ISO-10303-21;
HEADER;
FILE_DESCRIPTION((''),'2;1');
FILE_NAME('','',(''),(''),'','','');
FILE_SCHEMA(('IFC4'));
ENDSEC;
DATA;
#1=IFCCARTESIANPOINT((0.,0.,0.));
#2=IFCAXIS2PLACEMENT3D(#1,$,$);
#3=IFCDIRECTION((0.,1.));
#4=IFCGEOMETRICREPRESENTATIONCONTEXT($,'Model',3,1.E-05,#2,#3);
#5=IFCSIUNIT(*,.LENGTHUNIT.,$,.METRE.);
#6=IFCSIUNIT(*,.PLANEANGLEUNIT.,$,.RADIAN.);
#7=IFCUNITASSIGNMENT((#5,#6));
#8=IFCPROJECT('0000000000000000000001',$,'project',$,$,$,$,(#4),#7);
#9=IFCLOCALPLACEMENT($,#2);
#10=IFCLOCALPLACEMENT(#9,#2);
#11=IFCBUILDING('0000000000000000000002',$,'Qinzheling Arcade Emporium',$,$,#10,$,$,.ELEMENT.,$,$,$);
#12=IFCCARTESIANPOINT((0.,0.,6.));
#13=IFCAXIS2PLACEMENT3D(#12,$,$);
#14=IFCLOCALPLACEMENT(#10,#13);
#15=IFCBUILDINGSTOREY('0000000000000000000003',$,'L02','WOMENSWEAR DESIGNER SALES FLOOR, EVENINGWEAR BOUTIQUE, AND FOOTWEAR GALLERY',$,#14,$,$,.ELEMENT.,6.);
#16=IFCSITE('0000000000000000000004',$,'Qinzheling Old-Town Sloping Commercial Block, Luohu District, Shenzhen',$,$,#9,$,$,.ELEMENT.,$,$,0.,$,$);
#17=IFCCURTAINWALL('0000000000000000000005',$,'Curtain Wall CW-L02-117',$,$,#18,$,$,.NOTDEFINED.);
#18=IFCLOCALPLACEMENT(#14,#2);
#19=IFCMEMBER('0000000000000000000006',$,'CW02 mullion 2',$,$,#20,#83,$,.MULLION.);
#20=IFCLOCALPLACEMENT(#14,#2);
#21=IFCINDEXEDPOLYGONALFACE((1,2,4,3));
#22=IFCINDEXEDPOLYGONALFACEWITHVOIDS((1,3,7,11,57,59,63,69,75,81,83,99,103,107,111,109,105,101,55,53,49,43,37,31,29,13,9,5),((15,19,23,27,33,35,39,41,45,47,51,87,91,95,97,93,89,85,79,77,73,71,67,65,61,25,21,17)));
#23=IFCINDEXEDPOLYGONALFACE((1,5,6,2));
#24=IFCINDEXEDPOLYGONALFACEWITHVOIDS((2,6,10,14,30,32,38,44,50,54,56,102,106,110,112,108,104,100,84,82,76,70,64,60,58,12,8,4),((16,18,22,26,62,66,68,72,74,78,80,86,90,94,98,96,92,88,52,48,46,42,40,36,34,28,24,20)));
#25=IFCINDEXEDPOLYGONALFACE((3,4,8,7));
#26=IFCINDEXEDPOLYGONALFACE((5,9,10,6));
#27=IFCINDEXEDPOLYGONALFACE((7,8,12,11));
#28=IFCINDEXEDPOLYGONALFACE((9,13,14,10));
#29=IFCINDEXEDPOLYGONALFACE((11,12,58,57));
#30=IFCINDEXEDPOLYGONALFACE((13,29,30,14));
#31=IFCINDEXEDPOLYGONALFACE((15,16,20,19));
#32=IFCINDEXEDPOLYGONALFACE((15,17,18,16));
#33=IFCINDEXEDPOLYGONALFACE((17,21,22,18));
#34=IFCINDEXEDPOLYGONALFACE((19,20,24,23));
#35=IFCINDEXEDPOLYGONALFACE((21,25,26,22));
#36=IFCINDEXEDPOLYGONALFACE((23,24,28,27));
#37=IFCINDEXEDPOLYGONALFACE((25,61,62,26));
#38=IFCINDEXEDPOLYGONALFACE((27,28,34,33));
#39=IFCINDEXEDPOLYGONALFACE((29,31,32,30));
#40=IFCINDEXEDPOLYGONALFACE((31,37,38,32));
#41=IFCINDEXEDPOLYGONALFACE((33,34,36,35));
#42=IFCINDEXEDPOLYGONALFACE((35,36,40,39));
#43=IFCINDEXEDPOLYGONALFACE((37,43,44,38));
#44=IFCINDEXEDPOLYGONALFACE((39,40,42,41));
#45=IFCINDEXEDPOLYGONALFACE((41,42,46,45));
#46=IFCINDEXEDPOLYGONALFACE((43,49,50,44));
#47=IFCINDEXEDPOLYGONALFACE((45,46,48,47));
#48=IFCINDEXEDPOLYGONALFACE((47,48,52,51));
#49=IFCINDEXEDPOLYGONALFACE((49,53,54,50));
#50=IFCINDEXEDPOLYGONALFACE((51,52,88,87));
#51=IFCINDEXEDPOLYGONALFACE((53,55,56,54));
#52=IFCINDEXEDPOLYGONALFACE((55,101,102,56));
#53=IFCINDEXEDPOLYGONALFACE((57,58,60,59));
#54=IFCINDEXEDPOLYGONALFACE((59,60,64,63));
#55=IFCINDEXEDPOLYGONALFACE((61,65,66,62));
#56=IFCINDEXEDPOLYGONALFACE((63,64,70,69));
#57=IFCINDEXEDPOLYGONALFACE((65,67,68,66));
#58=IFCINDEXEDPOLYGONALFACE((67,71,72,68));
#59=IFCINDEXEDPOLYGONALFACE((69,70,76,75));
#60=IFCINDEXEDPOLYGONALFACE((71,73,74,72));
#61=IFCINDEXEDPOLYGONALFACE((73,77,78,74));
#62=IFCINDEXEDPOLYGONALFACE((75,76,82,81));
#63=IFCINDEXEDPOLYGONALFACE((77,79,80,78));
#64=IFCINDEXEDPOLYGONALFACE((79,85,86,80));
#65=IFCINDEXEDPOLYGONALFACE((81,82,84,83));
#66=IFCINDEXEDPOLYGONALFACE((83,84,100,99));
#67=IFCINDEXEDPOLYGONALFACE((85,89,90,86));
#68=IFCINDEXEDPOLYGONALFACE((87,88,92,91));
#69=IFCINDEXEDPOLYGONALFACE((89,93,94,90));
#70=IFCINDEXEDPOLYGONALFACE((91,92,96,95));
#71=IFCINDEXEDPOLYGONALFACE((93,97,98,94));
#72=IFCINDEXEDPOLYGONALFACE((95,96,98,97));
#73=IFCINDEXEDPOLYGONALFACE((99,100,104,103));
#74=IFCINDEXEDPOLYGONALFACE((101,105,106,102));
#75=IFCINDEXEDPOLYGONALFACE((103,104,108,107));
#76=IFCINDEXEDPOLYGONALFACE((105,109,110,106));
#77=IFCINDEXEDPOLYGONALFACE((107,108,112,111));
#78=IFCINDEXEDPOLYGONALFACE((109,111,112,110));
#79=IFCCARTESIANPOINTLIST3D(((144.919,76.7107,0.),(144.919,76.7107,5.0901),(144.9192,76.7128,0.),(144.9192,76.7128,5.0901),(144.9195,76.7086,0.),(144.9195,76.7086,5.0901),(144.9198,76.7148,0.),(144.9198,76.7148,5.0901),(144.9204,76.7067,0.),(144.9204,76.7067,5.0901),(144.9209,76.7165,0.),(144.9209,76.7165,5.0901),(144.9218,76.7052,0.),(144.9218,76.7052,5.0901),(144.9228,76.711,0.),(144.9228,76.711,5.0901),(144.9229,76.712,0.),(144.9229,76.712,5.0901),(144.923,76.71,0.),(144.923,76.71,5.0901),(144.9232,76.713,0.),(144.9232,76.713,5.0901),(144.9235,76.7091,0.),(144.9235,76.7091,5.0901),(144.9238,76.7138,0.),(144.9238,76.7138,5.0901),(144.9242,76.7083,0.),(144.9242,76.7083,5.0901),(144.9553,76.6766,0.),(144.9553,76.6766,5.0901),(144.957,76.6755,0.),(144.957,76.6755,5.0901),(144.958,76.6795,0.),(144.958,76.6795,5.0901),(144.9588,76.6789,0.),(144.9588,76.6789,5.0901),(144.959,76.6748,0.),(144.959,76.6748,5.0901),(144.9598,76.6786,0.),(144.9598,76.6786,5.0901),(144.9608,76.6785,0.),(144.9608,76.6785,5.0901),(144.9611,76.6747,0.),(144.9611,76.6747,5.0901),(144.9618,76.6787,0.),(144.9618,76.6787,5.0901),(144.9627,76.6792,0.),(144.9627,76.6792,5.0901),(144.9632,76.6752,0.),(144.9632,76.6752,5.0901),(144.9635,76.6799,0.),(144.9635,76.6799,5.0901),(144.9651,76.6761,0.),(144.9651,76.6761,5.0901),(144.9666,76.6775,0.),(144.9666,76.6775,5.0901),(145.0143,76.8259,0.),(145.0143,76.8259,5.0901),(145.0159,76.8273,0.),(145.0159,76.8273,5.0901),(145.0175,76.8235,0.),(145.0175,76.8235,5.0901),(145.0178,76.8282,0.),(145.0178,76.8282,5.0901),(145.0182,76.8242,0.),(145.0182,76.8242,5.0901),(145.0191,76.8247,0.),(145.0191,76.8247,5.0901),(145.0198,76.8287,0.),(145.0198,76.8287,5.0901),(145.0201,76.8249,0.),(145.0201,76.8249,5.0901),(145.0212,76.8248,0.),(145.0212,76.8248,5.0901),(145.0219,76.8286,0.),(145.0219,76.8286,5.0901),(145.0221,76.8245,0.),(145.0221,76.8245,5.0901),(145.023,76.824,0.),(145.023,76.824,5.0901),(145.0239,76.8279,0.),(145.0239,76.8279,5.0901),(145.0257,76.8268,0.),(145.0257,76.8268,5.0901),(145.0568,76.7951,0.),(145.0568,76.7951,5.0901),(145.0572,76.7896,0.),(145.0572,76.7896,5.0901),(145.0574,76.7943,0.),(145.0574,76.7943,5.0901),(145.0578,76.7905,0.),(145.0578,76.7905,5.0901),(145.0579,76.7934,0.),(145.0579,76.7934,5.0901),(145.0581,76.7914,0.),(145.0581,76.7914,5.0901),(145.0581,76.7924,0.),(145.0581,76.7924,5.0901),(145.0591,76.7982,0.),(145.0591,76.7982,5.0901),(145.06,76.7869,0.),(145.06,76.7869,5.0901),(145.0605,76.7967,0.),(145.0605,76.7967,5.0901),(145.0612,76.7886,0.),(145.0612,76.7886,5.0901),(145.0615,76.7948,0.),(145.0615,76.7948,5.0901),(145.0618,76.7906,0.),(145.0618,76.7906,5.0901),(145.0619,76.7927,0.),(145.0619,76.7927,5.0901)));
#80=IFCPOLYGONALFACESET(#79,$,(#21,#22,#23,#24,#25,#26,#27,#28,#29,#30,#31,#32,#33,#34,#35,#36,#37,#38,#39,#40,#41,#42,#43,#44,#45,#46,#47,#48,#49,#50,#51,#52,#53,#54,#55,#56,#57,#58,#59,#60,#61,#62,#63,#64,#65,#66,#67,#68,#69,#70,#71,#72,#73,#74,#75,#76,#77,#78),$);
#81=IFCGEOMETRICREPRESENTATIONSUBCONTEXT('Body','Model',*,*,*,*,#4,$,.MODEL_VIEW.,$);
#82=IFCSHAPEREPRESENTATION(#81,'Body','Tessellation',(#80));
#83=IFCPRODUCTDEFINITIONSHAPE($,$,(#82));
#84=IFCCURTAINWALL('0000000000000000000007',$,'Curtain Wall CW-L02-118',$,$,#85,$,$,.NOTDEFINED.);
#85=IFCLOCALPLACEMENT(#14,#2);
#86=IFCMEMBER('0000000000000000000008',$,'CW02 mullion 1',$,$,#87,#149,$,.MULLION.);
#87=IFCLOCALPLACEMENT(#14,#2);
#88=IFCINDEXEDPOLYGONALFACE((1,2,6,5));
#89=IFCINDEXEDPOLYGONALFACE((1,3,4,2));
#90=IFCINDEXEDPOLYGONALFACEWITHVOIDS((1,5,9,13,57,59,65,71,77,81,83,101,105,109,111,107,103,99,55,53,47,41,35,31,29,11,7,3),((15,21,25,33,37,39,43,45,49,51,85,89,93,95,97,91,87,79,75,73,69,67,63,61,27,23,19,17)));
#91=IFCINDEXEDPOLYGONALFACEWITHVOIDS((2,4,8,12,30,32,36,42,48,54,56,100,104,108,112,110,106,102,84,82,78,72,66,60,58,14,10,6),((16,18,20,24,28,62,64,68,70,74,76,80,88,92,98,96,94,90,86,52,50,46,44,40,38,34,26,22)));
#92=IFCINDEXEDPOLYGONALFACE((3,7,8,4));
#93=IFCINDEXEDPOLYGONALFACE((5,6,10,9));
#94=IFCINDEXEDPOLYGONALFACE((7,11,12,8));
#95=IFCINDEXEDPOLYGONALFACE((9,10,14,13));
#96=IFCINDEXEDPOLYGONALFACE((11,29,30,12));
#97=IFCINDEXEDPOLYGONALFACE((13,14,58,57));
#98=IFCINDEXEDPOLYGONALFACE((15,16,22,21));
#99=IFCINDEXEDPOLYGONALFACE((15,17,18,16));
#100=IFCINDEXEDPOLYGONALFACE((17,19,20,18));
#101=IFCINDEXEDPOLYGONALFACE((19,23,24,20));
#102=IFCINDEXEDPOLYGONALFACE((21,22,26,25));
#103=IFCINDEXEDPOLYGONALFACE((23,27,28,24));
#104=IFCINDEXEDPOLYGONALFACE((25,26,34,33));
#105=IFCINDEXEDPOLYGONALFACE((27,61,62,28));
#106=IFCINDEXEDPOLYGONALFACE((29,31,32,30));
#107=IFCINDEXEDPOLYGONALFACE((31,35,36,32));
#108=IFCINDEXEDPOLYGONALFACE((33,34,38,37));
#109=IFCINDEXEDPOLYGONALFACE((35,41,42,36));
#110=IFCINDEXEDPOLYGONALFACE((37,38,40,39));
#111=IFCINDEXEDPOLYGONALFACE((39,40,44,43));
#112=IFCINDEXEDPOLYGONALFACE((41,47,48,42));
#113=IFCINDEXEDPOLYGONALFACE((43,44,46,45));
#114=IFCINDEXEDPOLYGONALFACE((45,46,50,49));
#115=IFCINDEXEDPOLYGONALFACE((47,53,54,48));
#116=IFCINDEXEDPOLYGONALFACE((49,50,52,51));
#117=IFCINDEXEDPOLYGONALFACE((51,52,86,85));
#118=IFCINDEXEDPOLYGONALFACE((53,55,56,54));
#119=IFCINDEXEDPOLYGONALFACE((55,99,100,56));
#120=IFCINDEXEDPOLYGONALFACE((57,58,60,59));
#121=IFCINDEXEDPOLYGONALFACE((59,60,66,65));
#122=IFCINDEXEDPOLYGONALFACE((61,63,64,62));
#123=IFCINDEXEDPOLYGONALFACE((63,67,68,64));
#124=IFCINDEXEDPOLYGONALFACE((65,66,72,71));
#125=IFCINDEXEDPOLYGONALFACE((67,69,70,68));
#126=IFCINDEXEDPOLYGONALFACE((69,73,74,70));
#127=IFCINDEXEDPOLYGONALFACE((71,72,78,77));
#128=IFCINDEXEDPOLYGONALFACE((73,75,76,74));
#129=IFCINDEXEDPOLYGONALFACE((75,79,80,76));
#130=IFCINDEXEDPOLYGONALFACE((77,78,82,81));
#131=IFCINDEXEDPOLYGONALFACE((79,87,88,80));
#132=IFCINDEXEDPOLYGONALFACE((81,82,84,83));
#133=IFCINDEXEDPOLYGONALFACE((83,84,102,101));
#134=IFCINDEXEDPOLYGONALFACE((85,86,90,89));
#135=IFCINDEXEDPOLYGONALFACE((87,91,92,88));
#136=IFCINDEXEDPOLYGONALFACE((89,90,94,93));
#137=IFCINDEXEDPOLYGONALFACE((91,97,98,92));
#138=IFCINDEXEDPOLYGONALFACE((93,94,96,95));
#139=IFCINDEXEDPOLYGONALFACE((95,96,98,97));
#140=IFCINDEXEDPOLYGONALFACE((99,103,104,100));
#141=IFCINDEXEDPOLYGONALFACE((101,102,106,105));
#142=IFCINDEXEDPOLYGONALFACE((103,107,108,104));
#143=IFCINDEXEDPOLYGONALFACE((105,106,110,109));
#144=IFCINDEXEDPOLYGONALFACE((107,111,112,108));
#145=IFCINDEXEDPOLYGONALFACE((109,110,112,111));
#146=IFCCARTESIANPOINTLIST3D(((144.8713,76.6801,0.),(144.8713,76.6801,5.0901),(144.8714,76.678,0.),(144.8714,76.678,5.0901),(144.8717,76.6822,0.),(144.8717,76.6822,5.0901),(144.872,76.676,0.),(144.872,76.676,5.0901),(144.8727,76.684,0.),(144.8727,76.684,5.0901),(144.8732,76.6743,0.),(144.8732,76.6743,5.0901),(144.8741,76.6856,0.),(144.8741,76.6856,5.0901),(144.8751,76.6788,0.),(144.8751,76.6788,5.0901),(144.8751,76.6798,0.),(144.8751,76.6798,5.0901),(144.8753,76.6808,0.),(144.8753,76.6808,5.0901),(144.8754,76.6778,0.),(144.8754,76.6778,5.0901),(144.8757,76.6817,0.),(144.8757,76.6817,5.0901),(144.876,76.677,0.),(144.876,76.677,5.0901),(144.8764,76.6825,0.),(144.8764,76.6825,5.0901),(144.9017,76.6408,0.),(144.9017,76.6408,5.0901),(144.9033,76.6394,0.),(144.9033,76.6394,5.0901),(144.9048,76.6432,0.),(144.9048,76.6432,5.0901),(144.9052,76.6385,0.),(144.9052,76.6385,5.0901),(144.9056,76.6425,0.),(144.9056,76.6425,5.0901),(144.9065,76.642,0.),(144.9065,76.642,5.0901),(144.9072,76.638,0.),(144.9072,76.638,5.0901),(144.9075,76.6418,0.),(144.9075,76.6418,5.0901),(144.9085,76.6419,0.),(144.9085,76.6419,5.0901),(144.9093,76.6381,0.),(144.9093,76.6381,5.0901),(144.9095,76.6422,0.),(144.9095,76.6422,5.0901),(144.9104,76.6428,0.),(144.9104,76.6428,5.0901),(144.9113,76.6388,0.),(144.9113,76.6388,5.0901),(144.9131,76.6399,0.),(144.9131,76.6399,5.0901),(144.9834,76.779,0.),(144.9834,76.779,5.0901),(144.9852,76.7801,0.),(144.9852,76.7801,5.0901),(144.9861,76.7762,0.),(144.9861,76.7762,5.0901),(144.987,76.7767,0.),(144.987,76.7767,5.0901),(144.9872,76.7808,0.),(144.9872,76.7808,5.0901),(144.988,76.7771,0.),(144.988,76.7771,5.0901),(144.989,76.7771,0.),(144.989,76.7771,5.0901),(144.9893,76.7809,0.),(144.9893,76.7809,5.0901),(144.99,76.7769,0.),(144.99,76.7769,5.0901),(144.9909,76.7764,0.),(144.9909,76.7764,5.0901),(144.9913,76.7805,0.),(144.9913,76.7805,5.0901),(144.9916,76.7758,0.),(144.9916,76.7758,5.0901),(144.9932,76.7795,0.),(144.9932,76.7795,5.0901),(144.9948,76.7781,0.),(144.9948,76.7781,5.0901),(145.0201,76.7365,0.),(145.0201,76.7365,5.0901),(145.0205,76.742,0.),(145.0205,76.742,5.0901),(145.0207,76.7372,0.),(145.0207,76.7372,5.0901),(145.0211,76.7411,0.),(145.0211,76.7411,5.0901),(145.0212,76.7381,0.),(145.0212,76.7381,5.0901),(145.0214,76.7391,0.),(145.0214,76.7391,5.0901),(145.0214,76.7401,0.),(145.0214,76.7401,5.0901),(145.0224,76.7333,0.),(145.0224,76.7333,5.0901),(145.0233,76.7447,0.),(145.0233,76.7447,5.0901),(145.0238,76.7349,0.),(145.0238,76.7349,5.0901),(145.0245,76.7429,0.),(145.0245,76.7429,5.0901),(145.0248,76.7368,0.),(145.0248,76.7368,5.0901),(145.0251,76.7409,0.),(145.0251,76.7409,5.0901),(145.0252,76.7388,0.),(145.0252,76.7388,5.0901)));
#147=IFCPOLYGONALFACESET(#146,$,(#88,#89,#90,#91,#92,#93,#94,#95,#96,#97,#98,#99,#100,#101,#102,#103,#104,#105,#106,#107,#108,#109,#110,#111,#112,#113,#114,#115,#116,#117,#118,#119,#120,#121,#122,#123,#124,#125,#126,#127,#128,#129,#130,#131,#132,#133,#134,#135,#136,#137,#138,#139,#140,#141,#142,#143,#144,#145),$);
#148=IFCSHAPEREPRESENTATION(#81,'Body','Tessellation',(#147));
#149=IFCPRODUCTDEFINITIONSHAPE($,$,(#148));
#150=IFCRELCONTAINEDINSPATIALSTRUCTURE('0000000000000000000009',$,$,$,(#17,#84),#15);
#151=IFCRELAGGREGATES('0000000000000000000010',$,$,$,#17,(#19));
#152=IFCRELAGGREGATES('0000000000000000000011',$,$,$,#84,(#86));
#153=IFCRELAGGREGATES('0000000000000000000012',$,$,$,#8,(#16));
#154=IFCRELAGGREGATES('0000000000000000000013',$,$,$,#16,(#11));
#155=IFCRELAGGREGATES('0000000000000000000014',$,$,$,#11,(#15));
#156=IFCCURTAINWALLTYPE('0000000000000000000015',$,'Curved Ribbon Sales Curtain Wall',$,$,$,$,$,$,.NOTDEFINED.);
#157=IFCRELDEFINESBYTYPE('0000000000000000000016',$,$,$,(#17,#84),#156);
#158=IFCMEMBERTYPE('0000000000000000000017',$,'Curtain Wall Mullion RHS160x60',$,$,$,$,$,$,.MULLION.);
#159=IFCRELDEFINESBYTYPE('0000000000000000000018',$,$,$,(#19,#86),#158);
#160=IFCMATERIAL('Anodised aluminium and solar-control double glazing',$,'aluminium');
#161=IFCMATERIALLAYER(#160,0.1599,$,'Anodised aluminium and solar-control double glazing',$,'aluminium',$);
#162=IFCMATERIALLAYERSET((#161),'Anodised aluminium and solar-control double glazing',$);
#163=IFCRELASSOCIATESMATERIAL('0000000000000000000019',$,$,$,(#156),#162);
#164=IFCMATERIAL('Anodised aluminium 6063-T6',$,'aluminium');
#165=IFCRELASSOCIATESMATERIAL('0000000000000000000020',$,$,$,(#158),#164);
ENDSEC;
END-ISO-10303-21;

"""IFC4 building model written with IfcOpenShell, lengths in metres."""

from ifc_helpers import new_model, si_unit, direction, frame, origin, origin_2d, place, context, subcontext, project, spatial, hollow_rectangle, extrude, material, layer, layer_set, material_profile, profile_set, type_object, element, aggregate, save


model = new_model("IFC4")

# Units and contexts
model_context = context("Model", 3, precision=1e-05, world=origin(), true_north=direction((0.0, 1.0)))
body_context = subcontext(model_context, "Body", "Model", "MODEL_VIEW")
ifc_project = project(units=[si_unit("LENGTHUNIT", "METRE"), si_unit("PLANEANGLEUNIT", "RADIAN")], contexts=[model_context])

# Site, building, storey
site_placement = place(None, origin())
site = spatial("IfcSite", under=ifc_project, at=site_placement, Name="Qinzheling Old-Town Sloping Commercial Block, Luohu District, Shenzhen", CompositionType="ELEMENT", RefElevation=0.0)
building_placement = place(site_placement, origin())
building = spatial("IfcBuilding", under=site, at=building_placement, Name="Qinzheling Arcade Emporium", CompositionType="ELEMENT")
storey_placement = place(building_placement, frame((0.0, 0.0, 6.0)))
storey = spatial("IfcBuildingStorey", under=building, at=storey_placement, Name="L02", Description="WOMENSWEAR DESIGNER SALES FLOOR, EVENINGWEAR BOUTIQUE, AND FOOTWEAR GALLERY", CompositionType="ELEMENT", Elevation=6.0)

# Shared definitions
ifc_material_1 = material(Name="Anodised aluminium and solar-control double glazing", Category="aluminium")
ifc_layer_1 = layer(ifc_material_1, 0.1599, Name="Anodised aluminium and solar-control double glazing", Category="aluminium")
ifc_layer_set_1 = layer_set([ifc_layer_1], Name="Anodised aluminium and solar-control double glazing")
curtain_wall_type = type_object("IfcCurtainWallType", Name="Curved Ribbon Sales Curtain Wall", PredefinedType="NOTDEFINED", material=ifc_layer_set_1)
ifc_material_2 = material(Name="Anodised aluminium 6063-T6", Category="aluminium")
ifc_material_profile_1 = material_profile(ifc_material_2, hollow_rectangle(XDim=0.0601, YDim=0.1599, WallThickness=0.0039, InnerFilletRadius=0.0039, OuterFilletRadius=0.0081, at=origin_2d()), Name="RHS 160x60x4", Category="aluminium")
ifc_profile_set_1 = profile_set([ifc_material_profile_1], Name="Anodised aluminium 6063-T6")
member_type_1 = type_object("IfcMemberType", Name="Curtain Wall Mullion RHS160x60", PredefinedType="MULLION", material=ifc_profile_set_1)

# Curtain walls, members
curtain_wall_1_placement = place(storey_placement, origin())
curtain_wall_1 = element("IfcCurtainWall", 1, at=curtain_wall_1_placement, inside=storey, type_object=curtain_wall_type, Name="Curtain Wall CW-L02-117", PredefinedType="NOTDEFINED")
member_1_placement = place(storey_placement, frame((144.9905, 76.7517, 0.0), z_axis=(0.0, 0.0, 1.0), x_axis=(0.76038, -0.649478, 0.0)))
member_1 = element("IfcMember", 2, at=member_1_placement, type_object=member_type_1, Name="CW02 mullion 2", PredefinedType="MULLION", context=body_context, shape_type="SweptSolid", body=[
    extrude(hollow_rectangle(XDim=0.0601, YDim=0.1599, WallThickness=0.0039, InnerFilletRadius=0.0039, OuterFilletRadius=0.0081, at=origin_2d()), origin(), (0.0, 0.0, 1.0), 5.0901),
])
curtain_wall_2_placement = place(storey_placement, origin())
curtain_wall_2 = element("IfcCurtainWall", 3, at=curtain_wall_2_placement, inside=storey, type_object=curtain_wall_type, Name="Curtain Wall CW-L02-118", PredefinedType="NOTDEFINED")
member_2_placement = place(storey_placement, frame((144.9482, 76.7095, 0.0), z_axis=(0.0, 0.0, 1.0), x_axis=(0.649478, -0.76038, 0.0)))
member_2 = element("IfcMember", 4, at=member_2_placement, type_object=member_type_1, Name="CW02 mullion 1", PredefinedType="MULLION", context=body_context, shape_type="SweptSolid", body=[
    extrude(hollow_rectangle(XDim=0.0601, YDim=0.1599, WallThickness=0.0039, InnerFilletRadius=0.0039, OuterFilletRadius=0.0081, at=origin_2d()), origin(), (0.0, 0.0, 1.0), 5.0901),
])

aggregate(curtain_wall_1, [member_1])
aggregate(curtain_wall_2, [member_2])

save(model, "model.ifc")
